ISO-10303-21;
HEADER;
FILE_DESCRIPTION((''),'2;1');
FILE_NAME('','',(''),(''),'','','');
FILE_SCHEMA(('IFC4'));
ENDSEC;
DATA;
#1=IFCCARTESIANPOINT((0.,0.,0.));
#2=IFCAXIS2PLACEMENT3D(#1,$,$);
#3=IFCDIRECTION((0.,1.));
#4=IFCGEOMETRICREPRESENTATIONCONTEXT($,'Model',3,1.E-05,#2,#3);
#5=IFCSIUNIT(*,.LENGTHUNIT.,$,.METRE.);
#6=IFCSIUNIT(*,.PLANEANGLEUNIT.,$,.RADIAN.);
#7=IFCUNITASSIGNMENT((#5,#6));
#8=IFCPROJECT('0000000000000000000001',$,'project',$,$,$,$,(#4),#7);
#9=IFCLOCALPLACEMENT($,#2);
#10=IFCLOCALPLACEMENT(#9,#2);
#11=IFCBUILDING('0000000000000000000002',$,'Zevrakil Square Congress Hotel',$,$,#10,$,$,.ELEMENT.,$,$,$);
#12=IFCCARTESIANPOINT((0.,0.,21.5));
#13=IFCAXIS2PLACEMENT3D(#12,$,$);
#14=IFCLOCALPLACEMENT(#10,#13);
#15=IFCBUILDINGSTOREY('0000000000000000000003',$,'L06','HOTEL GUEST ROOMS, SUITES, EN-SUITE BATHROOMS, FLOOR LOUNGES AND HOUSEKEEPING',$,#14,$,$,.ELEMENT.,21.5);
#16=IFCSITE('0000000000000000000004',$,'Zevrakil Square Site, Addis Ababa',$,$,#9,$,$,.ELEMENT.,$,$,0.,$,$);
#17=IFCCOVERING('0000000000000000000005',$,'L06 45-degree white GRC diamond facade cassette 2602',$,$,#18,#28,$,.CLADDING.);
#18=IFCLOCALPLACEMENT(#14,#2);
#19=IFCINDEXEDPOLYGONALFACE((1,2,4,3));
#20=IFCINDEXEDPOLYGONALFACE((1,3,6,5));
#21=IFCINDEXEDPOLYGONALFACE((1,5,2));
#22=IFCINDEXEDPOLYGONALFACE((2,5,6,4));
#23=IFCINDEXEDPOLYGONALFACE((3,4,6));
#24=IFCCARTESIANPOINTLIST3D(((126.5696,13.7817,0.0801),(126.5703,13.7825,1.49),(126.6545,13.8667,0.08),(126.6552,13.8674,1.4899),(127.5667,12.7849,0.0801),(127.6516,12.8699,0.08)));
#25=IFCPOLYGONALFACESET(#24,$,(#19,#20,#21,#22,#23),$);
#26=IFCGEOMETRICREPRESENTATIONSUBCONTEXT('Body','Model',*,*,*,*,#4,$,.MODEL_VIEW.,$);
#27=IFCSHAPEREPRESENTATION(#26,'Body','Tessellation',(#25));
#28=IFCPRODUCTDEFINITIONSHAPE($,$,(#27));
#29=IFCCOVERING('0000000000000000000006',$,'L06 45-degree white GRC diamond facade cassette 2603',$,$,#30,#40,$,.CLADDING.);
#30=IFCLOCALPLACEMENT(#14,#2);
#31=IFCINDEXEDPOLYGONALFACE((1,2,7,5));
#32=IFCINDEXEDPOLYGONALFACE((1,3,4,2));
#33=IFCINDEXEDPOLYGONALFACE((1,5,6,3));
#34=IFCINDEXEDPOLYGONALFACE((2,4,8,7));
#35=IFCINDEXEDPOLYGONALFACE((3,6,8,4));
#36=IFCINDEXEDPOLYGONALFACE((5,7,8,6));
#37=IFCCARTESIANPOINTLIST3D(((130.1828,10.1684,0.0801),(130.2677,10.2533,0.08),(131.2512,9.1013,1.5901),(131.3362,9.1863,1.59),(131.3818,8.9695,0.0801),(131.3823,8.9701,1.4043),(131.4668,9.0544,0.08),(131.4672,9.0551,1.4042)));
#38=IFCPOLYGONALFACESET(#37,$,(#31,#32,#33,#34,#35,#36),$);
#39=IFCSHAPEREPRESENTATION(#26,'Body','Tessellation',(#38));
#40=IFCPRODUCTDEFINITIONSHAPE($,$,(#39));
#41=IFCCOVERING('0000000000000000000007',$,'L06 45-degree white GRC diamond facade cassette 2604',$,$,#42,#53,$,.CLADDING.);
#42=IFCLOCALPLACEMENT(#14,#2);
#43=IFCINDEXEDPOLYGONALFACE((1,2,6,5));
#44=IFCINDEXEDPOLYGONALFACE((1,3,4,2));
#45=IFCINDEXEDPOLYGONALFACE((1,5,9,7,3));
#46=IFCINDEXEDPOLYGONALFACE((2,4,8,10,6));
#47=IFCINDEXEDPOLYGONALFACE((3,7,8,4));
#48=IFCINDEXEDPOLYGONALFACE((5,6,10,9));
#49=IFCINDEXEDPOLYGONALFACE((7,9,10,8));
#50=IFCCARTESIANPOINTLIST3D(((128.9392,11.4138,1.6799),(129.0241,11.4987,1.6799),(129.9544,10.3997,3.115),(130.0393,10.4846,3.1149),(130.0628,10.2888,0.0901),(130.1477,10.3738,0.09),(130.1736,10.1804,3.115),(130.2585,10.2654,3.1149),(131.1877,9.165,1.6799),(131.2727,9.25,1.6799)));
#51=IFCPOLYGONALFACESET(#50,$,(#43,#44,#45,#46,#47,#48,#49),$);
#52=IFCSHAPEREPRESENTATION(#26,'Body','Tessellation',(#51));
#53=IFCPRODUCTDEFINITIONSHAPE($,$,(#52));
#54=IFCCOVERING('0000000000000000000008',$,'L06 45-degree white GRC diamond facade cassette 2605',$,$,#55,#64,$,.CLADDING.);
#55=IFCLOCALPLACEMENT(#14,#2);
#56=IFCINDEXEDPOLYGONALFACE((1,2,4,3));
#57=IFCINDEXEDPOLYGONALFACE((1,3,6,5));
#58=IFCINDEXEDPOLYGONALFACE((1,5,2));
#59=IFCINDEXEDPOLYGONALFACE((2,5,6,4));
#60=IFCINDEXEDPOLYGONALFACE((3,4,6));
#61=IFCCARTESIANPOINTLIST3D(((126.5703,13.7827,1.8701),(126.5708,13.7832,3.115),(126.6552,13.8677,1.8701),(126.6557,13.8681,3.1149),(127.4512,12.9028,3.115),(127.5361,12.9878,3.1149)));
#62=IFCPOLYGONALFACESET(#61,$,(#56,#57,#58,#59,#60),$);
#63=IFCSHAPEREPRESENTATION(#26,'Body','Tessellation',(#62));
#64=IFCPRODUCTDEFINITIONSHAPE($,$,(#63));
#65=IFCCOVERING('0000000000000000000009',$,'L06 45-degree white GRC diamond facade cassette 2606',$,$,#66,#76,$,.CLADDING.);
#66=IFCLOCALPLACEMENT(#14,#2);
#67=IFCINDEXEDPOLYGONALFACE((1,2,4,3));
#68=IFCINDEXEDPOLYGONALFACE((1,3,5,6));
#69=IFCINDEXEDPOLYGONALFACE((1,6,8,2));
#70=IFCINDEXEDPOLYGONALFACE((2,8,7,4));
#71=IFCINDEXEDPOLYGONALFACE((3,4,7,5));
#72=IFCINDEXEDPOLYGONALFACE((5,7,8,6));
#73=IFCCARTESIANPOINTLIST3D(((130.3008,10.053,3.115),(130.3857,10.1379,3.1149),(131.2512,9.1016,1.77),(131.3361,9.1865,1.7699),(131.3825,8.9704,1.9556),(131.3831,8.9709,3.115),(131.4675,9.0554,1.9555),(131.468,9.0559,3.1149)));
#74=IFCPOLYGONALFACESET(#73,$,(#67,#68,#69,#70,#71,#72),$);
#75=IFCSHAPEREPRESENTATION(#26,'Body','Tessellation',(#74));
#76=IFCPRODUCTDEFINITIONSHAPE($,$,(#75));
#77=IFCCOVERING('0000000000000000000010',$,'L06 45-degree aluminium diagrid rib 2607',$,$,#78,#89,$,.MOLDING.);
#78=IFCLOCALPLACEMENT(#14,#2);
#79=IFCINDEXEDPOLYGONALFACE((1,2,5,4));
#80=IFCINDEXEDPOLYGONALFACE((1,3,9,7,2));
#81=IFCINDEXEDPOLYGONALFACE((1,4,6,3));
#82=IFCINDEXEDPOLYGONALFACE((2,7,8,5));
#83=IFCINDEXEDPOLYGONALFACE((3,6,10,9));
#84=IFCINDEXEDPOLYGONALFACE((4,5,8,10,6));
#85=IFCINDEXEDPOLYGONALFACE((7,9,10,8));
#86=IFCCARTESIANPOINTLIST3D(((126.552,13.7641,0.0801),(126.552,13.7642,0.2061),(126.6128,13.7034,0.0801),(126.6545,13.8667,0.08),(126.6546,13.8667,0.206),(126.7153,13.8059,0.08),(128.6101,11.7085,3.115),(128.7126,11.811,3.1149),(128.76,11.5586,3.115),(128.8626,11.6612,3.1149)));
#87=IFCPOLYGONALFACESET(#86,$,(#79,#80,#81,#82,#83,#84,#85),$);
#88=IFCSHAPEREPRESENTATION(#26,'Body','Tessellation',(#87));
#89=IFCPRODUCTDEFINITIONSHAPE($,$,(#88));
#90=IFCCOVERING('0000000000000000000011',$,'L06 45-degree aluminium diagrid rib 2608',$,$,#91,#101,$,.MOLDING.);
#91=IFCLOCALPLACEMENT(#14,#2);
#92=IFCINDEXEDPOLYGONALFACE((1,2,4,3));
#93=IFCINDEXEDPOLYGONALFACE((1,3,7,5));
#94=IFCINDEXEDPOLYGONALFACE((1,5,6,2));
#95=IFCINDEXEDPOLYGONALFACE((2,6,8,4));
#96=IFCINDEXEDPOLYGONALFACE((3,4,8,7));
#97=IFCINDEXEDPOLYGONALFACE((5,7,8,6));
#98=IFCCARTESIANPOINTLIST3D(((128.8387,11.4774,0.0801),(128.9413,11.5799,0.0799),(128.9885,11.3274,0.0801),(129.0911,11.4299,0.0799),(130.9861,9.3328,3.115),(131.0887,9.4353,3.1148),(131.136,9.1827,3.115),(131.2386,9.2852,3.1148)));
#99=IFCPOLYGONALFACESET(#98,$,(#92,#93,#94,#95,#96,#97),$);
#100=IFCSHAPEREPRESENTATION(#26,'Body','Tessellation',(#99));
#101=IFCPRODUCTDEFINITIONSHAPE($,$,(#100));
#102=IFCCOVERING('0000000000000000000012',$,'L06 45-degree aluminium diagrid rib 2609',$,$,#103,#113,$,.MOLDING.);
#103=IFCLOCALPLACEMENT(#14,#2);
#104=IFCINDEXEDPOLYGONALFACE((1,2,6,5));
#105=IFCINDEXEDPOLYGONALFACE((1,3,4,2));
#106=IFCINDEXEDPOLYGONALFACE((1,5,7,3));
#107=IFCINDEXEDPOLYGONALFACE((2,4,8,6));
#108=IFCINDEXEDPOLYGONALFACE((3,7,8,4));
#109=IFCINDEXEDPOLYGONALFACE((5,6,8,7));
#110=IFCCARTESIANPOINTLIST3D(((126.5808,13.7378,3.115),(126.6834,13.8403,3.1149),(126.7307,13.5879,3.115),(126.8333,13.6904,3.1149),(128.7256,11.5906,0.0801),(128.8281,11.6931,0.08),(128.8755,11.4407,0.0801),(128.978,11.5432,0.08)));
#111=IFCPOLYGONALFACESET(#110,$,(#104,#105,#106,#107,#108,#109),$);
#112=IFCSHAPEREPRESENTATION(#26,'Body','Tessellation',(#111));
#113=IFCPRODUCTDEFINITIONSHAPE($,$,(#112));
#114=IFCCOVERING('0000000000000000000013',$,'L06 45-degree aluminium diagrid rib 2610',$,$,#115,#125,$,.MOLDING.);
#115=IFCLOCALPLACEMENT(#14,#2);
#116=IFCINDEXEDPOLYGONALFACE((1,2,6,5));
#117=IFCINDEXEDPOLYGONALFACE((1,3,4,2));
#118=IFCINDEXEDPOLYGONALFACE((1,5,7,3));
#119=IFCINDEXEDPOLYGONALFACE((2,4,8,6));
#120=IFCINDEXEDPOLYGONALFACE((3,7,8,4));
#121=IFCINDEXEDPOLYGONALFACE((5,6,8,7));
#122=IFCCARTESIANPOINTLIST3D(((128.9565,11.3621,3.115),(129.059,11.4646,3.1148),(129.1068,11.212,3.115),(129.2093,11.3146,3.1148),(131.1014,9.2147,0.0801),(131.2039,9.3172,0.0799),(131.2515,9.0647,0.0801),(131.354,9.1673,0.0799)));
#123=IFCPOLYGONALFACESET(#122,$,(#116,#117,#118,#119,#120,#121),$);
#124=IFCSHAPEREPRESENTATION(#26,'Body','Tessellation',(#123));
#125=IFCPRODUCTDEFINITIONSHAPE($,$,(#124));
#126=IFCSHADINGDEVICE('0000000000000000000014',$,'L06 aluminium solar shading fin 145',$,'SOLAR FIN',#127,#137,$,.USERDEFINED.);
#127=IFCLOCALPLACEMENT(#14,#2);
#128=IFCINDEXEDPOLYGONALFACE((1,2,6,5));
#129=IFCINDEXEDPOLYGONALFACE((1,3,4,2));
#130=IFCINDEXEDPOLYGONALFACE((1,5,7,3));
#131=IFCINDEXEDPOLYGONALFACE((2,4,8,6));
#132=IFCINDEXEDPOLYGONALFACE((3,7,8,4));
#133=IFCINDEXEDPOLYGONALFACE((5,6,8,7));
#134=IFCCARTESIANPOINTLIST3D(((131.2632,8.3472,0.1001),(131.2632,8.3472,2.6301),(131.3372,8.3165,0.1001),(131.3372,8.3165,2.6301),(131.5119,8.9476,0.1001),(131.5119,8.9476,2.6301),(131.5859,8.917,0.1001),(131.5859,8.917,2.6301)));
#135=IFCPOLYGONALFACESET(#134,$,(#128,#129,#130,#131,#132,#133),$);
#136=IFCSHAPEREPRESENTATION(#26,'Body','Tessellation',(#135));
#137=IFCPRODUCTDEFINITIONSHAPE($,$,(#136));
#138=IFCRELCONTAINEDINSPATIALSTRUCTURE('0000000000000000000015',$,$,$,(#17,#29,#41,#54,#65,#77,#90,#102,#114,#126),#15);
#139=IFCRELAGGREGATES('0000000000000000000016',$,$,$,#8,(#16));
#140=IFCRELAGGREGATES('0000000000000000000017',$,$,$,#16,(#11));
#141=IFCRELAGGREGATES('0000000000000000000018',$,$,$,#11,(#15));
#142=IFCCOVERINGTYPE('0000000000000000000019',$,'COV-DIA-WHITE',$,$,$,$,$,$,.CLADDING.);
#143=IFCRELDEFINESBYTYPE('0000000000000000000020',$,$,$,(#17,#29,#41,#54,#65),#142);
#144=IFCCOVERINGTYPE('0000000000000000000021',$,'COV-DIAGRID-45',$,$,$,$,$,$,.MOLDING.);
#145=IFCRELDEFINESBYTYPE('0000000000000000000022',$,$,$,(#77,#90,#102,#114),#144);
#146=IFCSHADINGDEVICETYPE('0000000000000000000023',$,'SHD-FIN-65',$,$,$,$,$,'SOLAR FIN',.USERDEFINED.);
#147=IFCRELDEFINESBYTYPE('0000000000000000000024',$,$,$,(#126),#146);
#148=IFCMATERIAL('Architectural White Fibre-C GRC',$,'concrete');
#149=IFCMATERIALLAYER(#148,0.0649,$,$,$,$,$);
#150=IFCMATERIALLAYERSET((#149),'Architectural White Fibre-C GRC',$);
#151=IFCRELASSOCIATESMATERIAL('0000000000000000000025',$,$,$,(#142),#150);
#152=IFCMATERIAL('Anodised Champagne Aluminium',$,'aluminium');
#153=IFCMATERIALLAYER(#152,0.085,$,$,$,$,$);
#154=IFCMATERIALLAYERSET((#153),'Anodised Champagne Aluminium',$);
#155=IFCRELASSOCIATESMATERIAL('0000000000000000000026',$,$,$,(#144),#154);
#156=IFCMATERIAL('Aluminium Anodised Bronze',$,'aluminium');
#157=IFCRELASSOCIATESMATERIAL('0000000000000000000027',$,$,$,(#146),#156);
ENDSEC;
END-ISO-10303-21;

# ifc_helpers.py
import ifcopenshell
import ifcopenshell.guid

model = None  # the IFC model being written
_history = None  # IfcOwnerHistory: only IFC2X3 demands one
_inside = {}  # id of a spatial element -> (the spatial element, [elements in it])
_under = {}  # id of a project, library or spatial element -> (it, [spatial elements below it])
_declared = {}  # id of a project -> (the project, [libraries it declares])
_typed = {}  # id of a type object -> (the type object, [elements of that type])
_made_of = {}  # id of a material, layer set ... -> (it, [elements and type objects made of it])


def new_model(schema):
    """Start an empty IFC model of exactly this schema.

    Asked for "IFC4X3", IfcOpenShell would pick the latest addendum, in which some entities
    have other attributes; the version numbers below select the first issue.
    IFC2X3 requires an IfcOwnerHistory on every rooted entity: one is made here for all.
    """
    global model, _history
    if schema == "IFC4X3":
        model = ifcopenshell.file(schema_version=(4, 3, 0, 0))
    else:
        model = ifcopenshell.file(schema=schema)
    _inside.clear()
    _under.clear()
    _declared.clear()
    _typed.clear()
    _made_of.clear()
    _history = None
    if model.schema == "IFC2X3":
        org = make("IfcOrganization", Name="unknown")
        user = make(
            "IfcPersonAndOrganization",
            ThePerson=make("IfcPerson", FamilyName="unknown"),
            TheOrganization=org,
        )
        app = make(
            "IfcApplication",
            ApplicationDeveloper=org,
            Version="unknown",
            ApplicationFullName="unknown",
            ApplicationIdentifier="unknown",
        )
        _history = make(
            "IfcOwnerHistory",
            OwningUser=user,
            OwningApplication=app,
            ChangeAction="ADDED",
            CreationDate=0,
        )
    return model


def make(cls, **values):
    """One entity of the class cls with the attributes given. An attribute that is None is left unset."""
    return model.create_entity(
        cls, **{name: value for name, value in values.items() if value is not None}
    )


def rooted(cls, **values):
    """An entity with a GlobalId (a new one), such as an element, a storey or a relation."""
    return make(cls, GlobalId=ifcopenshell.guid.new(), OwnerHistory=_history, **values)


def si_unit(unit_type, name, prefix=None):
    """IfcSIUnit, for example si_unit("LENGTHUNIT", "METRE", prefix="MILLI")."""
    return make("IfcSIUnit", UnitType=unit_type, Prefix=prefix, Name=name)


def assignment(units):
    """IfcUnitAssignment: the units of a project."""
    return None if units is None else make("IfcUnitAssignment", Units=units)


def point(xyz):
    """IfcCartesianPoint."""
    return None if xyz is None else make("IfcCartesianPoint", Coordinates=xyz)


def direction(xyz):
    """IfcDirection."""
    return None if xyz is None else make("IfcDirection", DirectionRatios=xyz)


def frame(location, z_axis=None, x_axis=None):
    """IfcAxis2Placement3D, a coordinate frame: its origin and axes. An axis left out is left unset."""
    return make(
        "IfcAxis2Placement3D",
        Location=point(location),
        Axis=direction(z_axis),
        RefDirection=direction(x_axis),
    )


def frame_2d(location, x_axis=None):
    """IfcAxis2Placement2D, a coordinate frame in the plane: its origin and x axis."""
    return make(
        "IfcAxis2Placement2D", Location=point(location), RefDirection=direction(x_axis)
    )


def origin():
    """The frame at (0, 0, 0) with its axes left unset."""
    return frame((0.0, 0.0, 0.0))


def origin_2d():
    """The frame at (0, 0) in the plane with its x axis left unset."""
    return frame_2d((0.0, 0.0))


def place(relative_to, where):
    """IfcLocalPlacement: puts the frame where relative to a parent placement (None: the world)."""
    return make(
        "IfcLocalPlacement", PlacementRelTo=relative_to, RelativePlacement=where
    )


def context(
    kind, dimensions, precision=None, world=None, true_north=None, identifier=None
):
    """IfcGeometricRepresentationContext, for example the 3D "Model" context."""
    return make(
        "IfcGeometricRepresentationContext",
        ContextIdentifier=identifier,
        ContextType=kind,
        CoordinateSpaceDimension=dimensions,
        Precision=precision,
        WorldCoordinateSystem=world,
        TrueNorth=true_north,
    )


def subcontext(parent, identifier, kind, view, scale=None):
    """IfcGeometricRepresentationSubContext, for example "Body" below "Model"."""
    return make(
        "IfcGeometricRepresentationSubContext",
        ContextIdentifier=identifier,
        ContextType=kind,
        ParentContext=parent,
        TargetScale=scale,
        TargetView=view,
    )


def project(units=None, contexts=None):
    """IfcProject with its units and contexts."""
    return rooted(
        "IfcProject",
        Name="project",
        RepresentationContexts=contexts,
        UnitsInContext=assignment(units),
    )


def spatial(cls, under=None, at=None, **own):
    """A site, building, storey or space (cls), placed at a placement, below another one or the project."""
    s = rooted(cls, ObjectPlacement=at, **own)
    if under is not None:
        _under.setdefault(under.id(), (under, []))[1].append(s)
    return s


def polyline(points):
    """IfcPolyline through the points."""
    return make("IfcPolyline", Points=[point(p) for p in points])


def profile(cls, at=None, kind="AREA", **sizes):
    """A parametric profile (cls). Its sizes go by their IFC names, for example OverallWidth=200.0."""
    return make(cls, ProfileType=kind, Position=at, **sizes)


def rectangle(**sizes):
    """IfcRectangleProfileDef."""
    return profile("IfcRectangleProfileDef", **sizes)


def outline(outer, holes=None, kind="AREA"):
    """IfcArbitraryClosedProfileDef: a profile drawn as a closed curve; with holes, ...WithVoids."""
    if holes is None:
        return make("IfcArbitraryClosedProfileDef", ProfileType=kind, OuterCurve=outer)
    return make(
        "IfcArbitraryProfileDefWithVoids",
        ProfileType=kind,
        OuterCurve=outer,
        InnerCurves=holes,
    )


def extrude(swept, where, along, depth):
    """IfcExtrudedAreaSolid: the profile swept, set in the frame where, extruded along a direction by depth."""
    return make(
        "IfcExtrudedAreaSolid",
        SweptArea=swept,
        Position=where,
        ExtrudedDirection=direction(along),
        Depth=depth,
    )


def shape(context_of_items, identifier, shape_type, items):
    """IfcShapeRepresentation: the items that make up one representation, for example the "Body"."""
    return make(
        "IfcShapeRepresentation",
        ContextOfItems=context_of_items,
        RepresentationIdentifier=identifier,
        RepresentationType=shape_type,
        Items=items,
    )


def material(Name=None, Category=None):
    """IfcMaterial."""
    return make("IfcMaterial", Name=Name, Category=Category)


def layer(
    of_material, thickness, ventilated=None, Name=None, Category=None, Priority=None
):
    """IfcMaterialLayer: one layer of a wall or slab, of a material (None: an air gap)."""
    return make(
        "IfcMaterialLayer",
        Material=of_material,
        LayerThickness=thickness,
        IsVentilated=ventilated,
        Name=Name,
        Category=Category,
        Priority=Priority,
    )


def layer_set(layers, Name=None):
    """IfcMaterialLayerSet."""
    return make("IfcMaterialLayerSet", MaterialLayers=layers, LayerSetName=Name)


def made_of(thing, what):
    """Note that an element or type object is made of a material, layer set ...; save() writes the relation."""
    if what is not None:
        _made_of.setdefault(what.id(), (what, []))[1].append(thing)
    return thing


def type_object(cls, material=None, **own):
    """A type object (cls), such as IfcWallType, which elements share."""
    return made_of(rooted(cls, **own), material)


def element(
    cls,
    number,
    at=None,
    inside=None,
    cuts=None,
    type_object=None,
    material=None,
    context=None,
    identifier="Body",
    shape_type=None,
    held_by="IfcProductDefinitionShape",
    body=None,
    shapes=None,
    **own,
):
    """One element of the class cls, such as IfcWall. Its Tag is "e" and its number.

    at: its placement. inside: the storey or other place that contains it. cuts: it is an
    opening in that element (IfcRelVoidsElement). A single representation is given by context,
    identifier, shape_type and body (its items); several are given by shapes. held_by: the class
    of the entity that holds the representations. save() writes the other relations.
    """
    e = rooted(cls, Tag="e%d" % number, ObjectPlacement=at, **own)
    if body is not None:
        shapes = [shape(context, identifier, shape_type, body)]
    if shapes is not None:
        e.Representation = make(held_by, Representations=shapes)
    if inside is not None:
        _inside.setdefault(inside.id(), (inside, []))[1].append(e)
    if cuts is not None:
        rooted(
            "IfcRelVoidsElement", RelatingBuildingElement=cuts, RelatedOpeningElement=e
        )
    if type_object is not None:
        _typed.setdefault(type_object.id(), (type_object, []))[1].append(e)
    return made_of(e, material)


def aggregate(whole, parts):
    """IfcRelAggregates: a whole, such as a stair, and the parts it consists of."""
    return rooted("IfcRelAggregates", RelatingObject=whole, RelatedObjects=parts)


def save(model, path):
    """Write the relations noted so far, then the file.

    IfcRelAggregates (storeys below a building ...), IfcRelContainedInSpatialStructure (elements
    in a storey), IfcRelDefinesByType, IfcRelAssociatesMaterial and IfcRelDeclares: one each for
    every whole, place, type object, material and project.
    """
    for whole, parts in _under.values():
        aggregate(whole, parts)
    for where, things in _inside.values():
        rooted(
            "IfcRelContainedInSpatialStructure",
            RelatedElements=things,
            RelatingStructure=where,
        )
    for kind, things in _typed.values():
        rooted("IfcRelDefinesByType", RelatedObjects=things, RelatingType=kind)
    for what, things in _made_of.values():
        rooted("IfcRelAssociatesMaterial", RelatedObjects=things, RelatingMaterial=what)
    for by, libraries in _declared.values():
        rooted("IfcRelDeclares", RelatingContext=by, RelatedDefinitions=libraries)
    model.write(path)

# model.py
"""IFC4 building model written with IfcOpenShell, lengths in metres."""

from ifc_helpers import new_model, si_unit, direction, frame, origin, origin_2d, place, context, subcontext, project, spatial, polyline, rectangle, outline, extrude, material, layer, layer_set, type_object, element, save


model = new_model("IFC4")

# Units and contexts
model_context = context("Model", 3, precision=1e-05, world=origin(), true_north=direction((0.0, 1.0)))
body_context = subcontext(model_context, "Body", "Model", "MODEL_VIEW")
ifc_project = project(units=[si_unit("LENGTHUNIT", "METRE"), si_unit("PLANEANGLEUNIT", "RADIAN")], contexts=[model_context])

# Site, building, storey
site_placement = place(None, origin())
site = spatial("IfcSite", under=ifc_project, at=site_placement, Name="Zevrakil Square Site, Addis Ababa", CompositionType="ELEMENT", RefElevation=0.0)
building_placement = place(site_placement, origin())
building = spatial("IfcBuilding", under=site, at=building_placement, Name="Zevrakil Square Congress Hotel", CompositionType="ELEMENT")
storey_placement = place(building_placement, frame((0.0, 0.0, 21.5)))
storey = spatial("IfcBuildingStorey", under=building, at=storey_placement, Name="L06", Description="HOTEL GUEST ROOMS, SUITES, EN-SUITE BATHROOMS, FLOOR LOUNGES AND HOUSEKEEPING", CompositionType="ELEMENT", Elevation=21.5)

# Coverings
ifc_material_1 = material(Name="Architectural White Fibre-C GRC", Category="concrete")
ifc_layer_1 = layer(ifc_material_1, 0.0649)
ifc_layer_set_1 = layer_set([ifc_layer_1], Name="Architectural White Fibre-C GRC")
covering_type_1 = type_object("IfcCoveringType", Name="COV-DIA-WHITE", PredefinedType="CLADDING", material=ifc_layer_set_1)
covering_1_placement = place(storey_placement, frame((127.5667, 12.7849, 0.0801), z_axis=(-0.70702, -0.707193, 0.000735), x_axis=(-0.707193, 0.70702, 0.0)))
element("IfcCovering", 1, at=covering_1_placement, inside=storey, type_object=covering_type_1, Name="L06 45-degree white GRC diamond facade cassette 2602", PredefinedType="CLADDING", context=body_context, shape_type="SweptSolid", body=[
    extrude(outline(polyline([(0.0, 0.0), (1.4099, 0.0), (1.4099, -1.4099), (0.0, 0.0)])), origin(), (0.0, 0.0, -1.0), 0.1201),
])
covering_2_placement = place(storey_placement, frame((131.2512, 9.1013, 1.5901), z_axis=(-0.707066, -0.707147, 0.000579), x_axis=(0.499223, -0.499745, -0.707835)))
element("IfcCovering", 2, at=covering_2_placement, inside=storey, type_object=covering_type_1, Name="L06 45-degree white GRC diamond facade cassette 2603", PredefinedType="CLADDING", context=body_context, shape_type="SweptSolid", body=[
    extrude(outline(polyline([(0.0, 0.0), (0.2625, 0.0), (1.1999, -0.9353), (0.0022, -2.1355), (0.0, 0.0)])), origin(), (0.0, 0.0, -1.0), 0.1201),
])
covering_3_placement = place(storey_placement, frame((131.1877, 9.165, 1.6799), z_axis=(-0.707143, -0.70707, 0.000569), x_axis=(-0.500303, 0.499786, -0.707044)))
element("IfcCovering", 3, at=covering_3_placement, inside=storey, type_object=covering_type_1, Name="L06 45-degree white GRC diamond facade cassette 2604", PredefinedType="CLADDING", context=body_context, shape_type="SweptSolid", body=[
    extrude(outline(polyline([(0.0, 0.0), (2.2486, 0.0), (2.2489, -2.2485), (0.2195, -2.2487), (0.0002, -2.0295), (0.0, 0.0)])), origin(), (0.0, 0.0, -1.0), 0.1201),
])
covering_4_placement = place(storey_placement, frame((126.5703, 13.7827, 1.8701), z_axis=(-0.707107, -0.707107, 0.000555), x_axis=(0.000392, 0.000392, 1.0)))
element("IfcCovering", 4, at=covering_4_placement, inside=storey, type_object=covering_type_1, Name="L06 45-degree white GRC diamond facade cassette 2605", PredefinedType="CLADDING", context=body_context, shape_type="SweptSolid", body=[
    extrude(outline(polyline([(0.0, 0.0), (1.2449, 0.0), (1.2449, -1.245), (0.0, 0.0)])), origin(), (0.0, 0.0, -1.0), 0.1201),
])
covering_5_placement = place(storey_placement, frame((131.2512, 9.1016, 1.77), z_axis=(-0.707012, -0.707201, 0.000623), x_axis=(-0.499726, 0.500216, 0.707148)))
element("IfcCovering", 5, at=covering_5_placement, inside=storey, type_object=covering_type_1, Name="L06 45-degree white GRC diamond facade cassette 2606", PredefinedType="CLADDING", context=body_context, shape_type="SweptSolid", body=[
    extrude(outline(polyline([(0.0, 0.0), (1.902, 0.0), (0.8199, -1.0822), (0.0, -0.2624), (0.0, 0.0)])), origin(), (0.0, 0.0, -1.0), 0.1201),
])
ifc_material_2 = material(Name="Anodised Champagne Aluminium", Category="aluminium")
ifc_layer_2 = layer(ifc_material_2, 0.085)
ifc_layer_set_2 = layer_set([ifc_layer_2], Name="Anodised Champagne Aluminium")
covering_type_2 = type_object("IfcCoveringType", Name="COV-DIAGRID-45", PredefinedType="MOLDING", material=ifc_layer_set_2)
covering_6_placement = place(storey_placement, frame((126.6128, 13.7034, 0.0801), z_axis=(-0.706986, -0.707228, 0.000405), x_axis=(-0.707228, 0.706986, 0.0)))
element("IfcCovering", 6, at=covering_6_placement, inside=storey, type_object=covering_type_2, Name="L06 45-degree aluminium diagrid rib 2607", PredefinedType="MOLDING", context=body_context, shape_type="SweptSolid", body=[
    extrude(outline(polyline([(0.0, 0.0), (0.086, 0.0), (0.086, -0.126), (-2.8229, -3.0349), (-3.0349, -3.0349), (0.0, 0.0)])), origin(), (0.0, 0.0, -1.0), 0.145),
])
covering_7_placement = place(storey_placement, frame((128.9885, 11.3274, 0.0801), z_axis=(-0.707394, -0.706819, 0.001061), x_axis=(-0.706819, 0.707395, 0.0)))
element("IfcCovering", 7, at=covering_7_placement, inside=storey, type_object=covering_type_2, Name="L06 45-degree aluminium diagrid rib 2608", PredefinedType="MOLDING", context=body_context, shape_type="SweptSolid", body=[
    extrude(outline(polyline([(0.0, 0.0), (0.212, 0.0), (-2.8229, -3.0349), (-3.0351, -3.0349), (0.0, 0.0)])), origin(), (0.0, 0.0, -1.0), 0.145),
])
covering_8_placement = place(storey_placement, frame((126.5808, 13.7378, 3.115), z_axis=(-0.707107, -0.707107, 0.000569), x_axis=(0.707107, -0.707107, 0.0)))
element("IfcCovering", 8, at=covering_8_placement, inside=storey, type_object=covering_type_2, Name="L06 45-degree aluminium diagrid rib 2609", PredefinedType="MOLDING", context=body_context, shape_type="SweptSolid", body=[
    extrude(outline(polyline([(0.0, 0.0), (0.212, 0.0), (3.2469, -3.0349), (3.0349, -3.0349), (0.0, 0.0)])), origin(), (0.0, 0.0, -1.0), 0.145),
])
covering_9_placement = place(storey_placement, frame((128.9565, 11.3621, 3.115), z_axis=(-0.706819, -0.707394, 0.001004), x_axis=(0.707394, -0.706819, 0.0)))
element("IfcCovering", 9, at=covering_9_placement, inside=storey, type_object=covering_type_2, Name="L06 45-degree aluminium diagrid rib 2610", PredefinedType="MOLDING", context=body_context, shape_type="SweptSolid", body=[
    extrude(outline(polyline([(0.0, 0.0), (0.2123, 0.0), (3.2472, -3.0349), (3.0351, -3.0349), (0.0, 0.0)])), origin(), (0.0, 0.0, -1.0), 0.145),
])

# Shading device
ifc_material_3 = material(Name="Aluminium Anodised Bronze", Category="aluminium")
shading_device_type = type_object("IfcShadingDeviceType", Name="SHD-FIN-65", ElementType="SOLAR FIN", PredefinedType="USERDEFINED", material=ifc_material_3)
shading_device_placement = place(storey_placement, frame((131.4246, 8.6321, 0.1001), z_axis=(0.0, 0.0, 1.0), x_axis=(-0.382683, -0.92388, 0.0)))
element("IfcShadingDevice", 10, at=shading_device_placement, inside=storey, type_object=shading_device_type, Name="L06 aluminium solar shading fin 145", ObjectType="SOLAR FIN", PredefinedType="USERDEFINED", context=body_context, shape_type="SweptSolid", body=[
    extrude(rectangle(XDim=0.6499, YDim=0.0801, at=origin_2d()), origin(), (0.0, 0.0, 1.0), 2.53),
])

save(model, "model.ifc")
